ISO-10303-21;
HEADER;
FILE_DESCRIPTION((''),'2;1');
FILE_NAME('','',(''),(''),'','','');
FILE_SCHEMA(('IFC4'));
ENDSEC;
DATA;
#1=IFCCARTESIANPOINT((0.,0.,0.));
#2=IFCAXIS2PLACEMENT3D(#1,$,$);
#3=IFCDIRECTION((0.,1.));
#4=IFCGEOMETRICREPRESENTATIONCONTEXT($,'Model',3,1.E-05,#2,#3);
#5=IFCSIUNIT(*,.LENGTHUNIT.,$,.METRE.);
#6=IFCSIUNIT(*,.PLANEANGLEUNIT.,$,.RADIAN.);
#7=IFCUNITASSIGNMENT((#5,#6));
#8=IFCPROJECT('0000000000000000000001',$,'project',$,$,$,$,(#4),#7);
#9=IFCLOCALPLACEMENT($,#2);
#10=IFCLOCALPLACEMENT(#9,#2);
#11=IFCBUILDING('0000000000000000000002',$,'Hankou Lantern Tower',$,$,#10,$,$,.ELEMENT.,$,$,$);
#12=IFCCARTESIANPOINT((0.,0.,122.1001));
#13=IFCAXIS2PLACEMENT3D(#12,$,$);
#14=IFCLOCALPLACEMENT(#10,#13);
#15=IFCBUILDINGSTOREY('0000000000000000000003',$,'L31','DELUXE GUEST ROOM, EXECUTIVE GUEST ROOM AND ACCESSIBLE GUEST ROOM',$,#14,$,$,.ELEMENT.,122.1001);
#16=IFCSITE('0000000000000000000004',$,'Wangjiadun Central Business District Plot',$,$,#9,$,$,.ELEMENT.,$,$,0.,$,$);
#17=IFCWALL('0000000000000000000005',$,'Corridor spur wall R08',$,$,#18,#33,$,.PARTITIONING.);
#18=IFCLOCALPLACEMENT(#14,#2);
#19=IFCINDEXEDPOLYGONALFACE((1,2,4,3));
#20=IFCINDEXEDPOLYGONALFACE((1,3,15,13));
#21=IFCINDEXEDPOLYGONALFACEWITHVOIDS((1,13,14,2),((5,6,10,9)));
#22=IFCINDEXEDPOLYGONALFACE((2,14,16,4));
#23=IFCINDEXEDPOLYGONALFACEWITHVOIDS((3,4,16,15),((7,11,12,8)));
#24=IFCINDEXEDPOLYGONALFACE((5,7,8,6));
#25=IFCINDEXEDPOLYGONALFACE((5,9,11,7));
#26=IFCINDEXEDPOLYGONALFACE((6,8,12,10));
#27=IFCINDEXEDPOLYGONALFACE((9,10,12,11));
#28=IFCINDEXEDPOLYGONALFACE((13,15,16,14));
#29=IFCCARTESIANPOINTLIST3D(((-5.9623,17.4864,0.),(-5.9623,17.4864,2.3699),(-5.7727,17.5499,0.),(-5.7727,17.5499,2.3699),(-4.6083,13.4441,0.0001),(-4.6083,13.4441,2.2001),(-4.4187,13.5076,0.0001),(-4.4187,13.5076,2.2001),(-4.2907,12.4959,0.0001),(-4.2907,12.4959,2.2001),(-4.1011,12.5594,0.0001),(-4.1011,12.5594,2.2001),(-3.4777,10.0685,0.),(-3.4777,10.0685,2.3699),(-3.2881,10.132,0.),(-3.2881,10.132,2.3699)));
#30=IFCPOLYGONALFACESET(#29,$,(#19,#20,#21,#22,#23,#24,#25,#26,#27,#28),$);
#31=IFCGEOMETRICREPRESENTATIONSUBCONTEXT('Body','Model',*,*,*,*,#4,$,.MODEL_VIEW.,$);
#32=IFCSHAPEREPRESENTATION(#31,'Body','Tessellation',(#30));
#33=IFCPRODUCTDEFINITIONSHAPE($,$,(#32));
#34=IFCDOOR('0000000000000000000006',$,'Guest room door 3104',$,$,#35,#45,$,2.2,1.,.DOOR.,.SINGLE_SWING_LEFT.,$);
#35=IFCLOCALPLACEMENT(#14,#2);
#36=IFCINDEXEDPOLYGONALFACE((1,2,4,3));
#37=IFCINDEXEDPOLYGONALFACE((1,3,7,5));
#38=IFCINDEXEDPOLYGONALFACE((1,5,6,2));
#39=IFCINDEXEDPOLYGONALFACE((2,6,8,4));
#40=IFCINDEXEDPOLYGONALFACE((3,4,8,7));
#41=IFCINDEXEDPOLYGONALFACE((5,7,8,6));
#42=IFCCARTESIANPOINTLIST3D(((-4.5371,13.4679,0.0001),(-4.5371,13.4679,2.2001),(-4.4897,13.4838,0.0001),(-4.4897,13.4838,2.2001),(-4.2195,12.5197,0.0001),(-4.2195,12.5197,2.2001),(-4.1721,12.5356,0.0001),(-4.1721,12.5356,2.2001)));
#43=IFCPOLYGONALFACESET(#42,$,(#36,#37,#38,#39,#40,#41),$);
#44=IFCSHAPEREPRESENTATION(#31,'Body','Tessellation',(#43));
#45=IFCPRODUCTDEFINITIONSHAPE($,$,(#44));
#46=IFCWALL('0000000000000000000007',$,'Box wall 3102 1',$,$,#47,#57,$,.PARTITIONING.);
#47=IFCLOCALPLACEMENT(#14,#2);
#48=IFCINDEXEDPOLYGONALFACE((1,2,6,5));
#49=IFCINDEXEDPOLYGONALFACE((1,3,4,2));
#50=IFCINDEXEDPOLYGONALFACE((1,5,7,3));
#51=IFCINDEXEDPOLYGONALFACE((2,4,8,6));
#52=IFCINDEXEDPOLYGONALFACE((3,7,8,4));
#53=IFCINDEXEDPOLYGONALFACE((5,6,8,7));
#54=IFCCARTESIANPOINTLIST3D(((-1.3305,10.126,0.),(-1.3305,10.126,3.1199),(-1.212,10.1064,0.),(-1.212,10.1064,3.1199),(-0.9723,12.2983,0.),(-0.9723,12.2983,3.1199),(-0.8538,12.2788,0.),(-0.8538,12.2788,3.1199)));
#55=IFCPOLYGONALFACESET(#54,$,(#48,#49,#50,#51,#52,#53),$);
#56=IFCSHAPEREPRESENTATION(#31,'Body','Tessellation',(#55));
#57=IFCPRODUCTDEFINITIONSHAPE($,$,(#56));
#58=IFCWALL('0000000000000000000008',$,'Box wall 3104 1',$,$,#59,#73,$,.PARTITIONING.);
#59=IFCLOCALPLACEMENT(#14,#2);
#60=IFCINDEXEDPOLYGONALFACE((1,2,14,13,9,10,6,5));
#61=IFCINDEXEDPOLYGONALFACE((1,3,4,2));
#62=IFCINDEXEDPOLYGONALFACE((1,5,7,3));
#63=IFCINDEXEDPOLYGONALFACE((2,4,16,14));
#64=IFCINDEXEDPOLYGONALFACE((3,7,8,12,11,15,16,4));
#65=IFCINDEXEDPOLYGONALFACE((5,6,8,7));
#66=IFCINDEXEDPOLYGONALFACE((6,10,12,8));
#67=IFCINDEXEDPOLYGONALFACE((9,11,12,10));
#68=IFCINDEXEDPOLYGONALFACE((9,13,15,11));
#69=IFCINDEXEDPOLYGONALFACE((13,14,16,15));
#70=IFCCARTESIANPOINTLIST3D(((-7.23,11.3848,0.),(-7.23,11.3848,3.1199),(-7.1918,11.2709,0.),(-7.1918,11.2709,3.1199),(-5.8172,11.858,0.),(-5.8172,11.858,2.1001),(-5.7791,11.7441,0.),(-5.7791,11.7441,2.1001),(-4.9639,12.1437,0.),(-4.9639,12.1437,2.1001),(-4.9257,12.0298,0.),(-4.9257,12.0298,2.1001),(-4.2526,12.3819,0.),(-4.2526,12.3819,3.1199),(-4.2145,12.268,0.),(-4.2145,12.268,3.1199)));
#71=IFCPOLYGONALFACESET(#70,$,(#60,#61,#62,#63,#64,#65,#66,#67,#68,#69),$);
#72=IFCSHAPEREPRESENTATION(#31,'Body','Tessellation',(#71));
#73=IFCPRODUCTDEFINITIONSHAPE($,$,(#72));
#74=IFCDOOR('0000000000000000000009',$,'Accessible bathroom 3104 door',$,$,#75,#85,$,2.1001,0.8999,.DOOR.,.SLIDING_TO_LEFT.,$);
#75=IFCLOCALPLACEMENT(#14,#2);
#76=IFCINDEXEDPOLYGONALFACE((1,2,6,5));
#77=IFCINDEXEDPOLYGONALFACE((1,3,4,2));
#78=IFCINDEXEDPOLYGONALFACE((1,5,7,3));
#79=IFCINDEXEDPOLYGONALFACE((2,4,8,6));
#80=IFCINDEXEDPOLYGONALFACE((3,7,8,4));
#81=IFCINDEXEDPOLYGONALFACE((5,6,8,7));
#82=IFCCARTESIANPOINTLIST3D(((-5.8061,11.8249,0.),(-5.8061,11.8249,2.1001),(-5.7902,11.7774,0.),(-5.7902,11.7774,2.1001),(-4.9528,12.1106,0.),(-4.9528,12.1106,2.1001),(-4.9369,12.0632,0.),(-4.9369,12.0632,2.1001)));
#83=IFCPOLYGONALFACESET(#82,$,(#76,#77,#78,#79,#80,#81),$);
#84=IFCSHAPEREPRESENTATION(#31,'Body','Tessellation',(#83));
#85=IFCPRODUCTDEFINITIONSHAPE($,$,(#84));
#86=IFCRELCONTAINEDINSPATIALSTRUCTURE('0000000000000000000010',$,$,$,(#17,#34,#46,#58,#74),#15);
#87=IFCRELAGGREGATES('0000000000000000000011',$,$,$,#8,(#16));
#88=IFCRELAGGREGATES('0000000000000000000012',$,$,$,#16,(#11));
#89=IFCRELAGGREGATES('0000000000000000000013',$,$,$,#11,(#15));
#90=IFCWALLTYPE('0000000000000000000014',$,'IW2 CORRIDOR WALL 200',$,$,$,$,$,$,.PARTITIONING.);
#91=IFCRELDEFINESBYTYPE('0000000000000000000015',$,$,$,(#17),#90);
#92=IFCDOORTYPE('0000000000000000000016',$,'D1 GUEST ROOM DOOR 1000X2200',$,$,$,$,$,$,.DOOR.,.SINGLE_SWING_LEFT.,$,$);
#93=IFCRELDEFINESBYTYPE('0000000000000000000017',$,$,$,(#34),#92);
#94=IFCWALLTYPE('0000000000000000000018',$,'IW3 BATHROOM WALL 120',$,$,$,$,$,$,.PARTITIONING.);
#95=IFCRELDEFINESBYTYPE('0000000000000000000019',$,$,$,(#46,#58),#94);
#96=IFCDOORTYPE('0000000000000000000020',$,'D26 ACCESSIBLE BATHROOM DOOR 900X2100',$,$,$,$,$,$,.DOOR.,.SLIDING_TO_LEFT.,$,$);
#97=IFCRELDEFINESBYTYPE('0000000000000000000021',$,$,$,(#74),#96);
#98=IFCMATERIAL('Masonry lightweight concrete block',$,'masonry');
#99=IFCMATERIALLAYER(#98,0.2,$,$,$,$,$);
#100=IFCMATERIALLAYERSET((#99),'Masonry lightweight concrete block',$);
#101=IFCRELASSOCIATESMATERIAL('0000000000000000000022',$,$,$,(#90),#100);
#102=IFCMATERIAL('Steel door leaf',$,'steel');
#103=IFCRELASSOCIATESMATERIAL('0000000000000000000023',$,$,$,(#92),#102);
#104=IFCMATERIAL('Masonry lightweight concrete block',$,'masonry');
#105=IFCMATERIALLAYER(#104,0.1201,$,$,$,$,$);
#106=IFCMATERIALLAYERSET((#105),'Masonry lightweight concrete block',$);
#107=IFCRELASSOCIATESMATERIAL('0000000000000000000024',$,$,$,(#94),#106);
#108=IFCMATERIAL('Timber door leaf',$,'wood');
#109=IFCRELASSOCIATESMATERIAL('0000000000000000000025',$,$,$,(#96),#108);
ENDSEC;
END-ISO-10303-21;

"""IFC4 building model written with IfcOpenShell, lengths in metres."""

from ifc_helpers import new_model, si_unit, direction, frame, frame_2d, origin, place, context, subcontext, project, spatial, rectangle, extrude, material, layer, layer_set, type_object, element, fill, save


model = new_model("IFC4")

# Units and contexts
model_context = context("Model", 3, precision=1e-05, world=origin(), true_north=direction((0.0, 1.0)))
body_context = subcontext(model_context, "Body", "Model", "MODEL_VIEW")
ifc_project = project(units=[si_unit("LENGTHUNIT", "METRE"), si_unit("PLANEANGLEUNIT", "RADIAN")], contexts=[model_context])

# Site, building, storey
site_placement = place(None, origin())
site = spatial("IfcSite", under=ifc_project, at=site_placement, Name="Wangjiadun Central Business District Plot", CompositionType="ELEMENT", RefElevation=0.0)
building_placement = place(site_placement, origin())
building = spatial("IfcBuilding", under=site, at=building_placement, Name="Hankou Lantern Tower", CompositionType="ELEMENT")
storey_placement = place(building_placement, frame((0.0, 0.0, 122.1001)))
storey = spatial("IfcBuildingStorey", under=building, at=storey_placement, Name="L31", Description="DELUXE GUEST ROOM, EXECUTIVE GUEST ROOM AND ACCESSIBLE GUEST ROOM", CompositionType="ELEMENT", Elevation=122.1001)

# Shared definitions
ifc_material_1 = material(Name="Masonry lightweight concrete block", Category="masonry")
ifc_layer_1 = layer(ifc_material_1, 0.2)
ifc_layer_set_1 = layer_set([ifc_layer_1], Name="Masonry lightweight concrete block")
wall_type_1 = type_object("IfcWallType", Name="IW2 CORRIDOR WALL 200", PredefinedType="PARTITIONING", material=ifc_layer_set_1)

# Wall, opening, door
wall_1_placement = place(storey_placement, frame((-3.3828, 10.1001, 0.0), z_axis=(0.0, 0.0, 1.0), x_axis=(-0.317604, 0.948224, 0.0)))
wall_1 = element("IfcWall", 1, at=wall_1_placement, inside=storey, type_object=wall_type_1, Name="Corridor spur wall R08", PredefinedType="PARTITIONING", context=body_context, shape_type="SweptSolid", body=[
    extrude(rectangle(XDim=7.823, YDim=0.2, at=frame_2d((3.9116, 0.0))), origin(), (0.0, 0.0, 1.0), 2.3699),
])
opening_1_placement = place(wall_1_placement, frame((2.5601, 0.0, 0.0)))
opening_1 = element("IfcOpeningElement", 2, at=opening_1_placement, cuts=wall_1, PredefinedType="OPENING", context=body_context, shape_type="SweptSolid", body=[
    extrude(rectangle(XDim=1.0, YDim=2.2, at=frame_2d((0.5, 1.1001))), frame((0.0, 0.1099, 0.0), z_axis=(0.0, -1.0, 0.0), x_axis=(1.0, 0.0, 0.0)), (0.0, 0.0, 1.0), 0.22),
])
ifc_material_2 = material(Name="Steel door leaf", Category="steel")
door_type_1 = type_object("IfcDoorType", Name="D1 GUEST ROOM DOOR 1000X2200", OperationType="SINGLE_SWING_LEFT", PredefinedType="DOOR", material=ifc_material_2)
door_1_placement = place(opening_1_placement, origin())
door_1 = element("IfcDoor", 3, at=door_1_placement, inside=storey, type_object=door_type_1, Name="Guest room door 3104", OperationType="SINGLE_SWING_LEFT", OverallHeight=2.2, OverallWidth=1.0, PredefinedType="DOOR", context=body_context, shape_type="SweptSolid", body=[
    extrude(rectangle(XDim=1.0, YDim=2.2, at=frame_2d((0.5, 1.1001))), frame((0.0, 0.0249, 0.0), z_axis=(0.0, -1.0, 0.0), x_axis=(1.0, 0.0, 0.0)), (0.0, 0.0, 1.0), 0.05),
])
fill(opening_1, door_1)

# Wall
ifc_material_3 = material(Name="Masonry lightweight concrete block", Category="masonry")
ifc_layer_2 = layer(ifc_material_3, 0.1201)
ifc_layer_set_2 = layer_set([ifc_layer_2], Name="Masonry lightweight concrete block")
wall_type_2 = type_object("IfcWallType", Name="IW3 BATHROOM WALL 120", PredefinedType="PARTITIONING", material=ifc_layer_set_2)
wall_2_placement = place(storey_placement, frame((-1.2712, 10.1162, 0.0), z_axis=(0.0, 0.0, 1.0), x_axis=(0.162672, 0.98668, 0.0)))
element("IfcWall", 4, at=wall_2_placement, inside=storey, type_object=wall_type_2, Name="Box wall 3102 1", PredefinedType="PARTITIONING", context=body_context, shape_type="SweptSolid", body=[
    extrude(rectangle(XDim=2.2017, YDim=0.1201, at=frame_2d((1.1008, 0.0))), origin(), (0.0, 0.0, 1.0), 3.1199),
])

# Wall, opening, door
wall_3_placement = place(storey_placement, frame((-4.2336, 12.325, 0.0), z_axis=(0.0, 0.0, 1.0), x_axis=(-0.948239, -0.317557, 0.0)))
wall_3 = element("IfcWall", 5, at=wall_3_placement, inside=storey, type_object=wall_type_2, Name="Box wall 3104 1", PredefinedType="PARTITIONING", context=body_context, shape_type="SweptSolid", body=[
    extrude(rectangle(XDim=3.1399, YDim=0.1201, at=frame_2d((1.5698, 0.0))), origin(), (0.0, 0.0, 1.0), 3.1199),
])
opening_2_placement = place(wall_3_placement, frame((0.75, 0.0, 0.0)))
opening_2 = element("IfcOpeningElement", 6, at=opening_2_placement, cuts=wall_3, PredefinedType="OPENING", context=body_context, shape_type="SweptSolid", body=[
    extrude(rectangle(XDim=0.8999, YDim=2.1001, at=frame_2d((0.45, 1.05))), frame((0.0, 0.0701, 0.0), z_axis=(0.0, -1.0, 0.0), x_axis=(1.0, 0.0, 0.0)), (0.0, 0.0, 1.0), 0.1401),
])
ifc_material_4 = material(Name="Timber door leaf", Category="wood")
door_type_2 = type_object("IfcDoorType", Name="D26 ACCESSIBLE BATHROOM DOOR 900X2100", OperationType="SLIDING_TO_LEFT", PredefinedType="DOOR", material=ifc_material_4)
door_2_placement = place(opening_2_placement, origin())
door_2 = element("IfcDoor", 7, at=door_2_placement, inside=storey, type_object=door_type_2, Name="Accessible bathroom 3104 door", OperationType="SLIDING_TO_LEFT", OverallHeight=2.1001, OverallWidth=0.8999, PredefinedType="DOOR", context=body_context, shape_type="SweptSolid", body=[
    extrude(rectangle(XDim=0.8999, YDim=2.1001, at=frame_2d((0.45, 1.05))), frame((0.0, 0.0249, 0.0), z_axis=(0.0, -1.0, 0.0), x_axis=(1.0, 0.0, 0.0)), (0.0, 0.0, 1.0), 0.05),
])
fill(opening_2, door_2)

save(model, "model.ifc")
